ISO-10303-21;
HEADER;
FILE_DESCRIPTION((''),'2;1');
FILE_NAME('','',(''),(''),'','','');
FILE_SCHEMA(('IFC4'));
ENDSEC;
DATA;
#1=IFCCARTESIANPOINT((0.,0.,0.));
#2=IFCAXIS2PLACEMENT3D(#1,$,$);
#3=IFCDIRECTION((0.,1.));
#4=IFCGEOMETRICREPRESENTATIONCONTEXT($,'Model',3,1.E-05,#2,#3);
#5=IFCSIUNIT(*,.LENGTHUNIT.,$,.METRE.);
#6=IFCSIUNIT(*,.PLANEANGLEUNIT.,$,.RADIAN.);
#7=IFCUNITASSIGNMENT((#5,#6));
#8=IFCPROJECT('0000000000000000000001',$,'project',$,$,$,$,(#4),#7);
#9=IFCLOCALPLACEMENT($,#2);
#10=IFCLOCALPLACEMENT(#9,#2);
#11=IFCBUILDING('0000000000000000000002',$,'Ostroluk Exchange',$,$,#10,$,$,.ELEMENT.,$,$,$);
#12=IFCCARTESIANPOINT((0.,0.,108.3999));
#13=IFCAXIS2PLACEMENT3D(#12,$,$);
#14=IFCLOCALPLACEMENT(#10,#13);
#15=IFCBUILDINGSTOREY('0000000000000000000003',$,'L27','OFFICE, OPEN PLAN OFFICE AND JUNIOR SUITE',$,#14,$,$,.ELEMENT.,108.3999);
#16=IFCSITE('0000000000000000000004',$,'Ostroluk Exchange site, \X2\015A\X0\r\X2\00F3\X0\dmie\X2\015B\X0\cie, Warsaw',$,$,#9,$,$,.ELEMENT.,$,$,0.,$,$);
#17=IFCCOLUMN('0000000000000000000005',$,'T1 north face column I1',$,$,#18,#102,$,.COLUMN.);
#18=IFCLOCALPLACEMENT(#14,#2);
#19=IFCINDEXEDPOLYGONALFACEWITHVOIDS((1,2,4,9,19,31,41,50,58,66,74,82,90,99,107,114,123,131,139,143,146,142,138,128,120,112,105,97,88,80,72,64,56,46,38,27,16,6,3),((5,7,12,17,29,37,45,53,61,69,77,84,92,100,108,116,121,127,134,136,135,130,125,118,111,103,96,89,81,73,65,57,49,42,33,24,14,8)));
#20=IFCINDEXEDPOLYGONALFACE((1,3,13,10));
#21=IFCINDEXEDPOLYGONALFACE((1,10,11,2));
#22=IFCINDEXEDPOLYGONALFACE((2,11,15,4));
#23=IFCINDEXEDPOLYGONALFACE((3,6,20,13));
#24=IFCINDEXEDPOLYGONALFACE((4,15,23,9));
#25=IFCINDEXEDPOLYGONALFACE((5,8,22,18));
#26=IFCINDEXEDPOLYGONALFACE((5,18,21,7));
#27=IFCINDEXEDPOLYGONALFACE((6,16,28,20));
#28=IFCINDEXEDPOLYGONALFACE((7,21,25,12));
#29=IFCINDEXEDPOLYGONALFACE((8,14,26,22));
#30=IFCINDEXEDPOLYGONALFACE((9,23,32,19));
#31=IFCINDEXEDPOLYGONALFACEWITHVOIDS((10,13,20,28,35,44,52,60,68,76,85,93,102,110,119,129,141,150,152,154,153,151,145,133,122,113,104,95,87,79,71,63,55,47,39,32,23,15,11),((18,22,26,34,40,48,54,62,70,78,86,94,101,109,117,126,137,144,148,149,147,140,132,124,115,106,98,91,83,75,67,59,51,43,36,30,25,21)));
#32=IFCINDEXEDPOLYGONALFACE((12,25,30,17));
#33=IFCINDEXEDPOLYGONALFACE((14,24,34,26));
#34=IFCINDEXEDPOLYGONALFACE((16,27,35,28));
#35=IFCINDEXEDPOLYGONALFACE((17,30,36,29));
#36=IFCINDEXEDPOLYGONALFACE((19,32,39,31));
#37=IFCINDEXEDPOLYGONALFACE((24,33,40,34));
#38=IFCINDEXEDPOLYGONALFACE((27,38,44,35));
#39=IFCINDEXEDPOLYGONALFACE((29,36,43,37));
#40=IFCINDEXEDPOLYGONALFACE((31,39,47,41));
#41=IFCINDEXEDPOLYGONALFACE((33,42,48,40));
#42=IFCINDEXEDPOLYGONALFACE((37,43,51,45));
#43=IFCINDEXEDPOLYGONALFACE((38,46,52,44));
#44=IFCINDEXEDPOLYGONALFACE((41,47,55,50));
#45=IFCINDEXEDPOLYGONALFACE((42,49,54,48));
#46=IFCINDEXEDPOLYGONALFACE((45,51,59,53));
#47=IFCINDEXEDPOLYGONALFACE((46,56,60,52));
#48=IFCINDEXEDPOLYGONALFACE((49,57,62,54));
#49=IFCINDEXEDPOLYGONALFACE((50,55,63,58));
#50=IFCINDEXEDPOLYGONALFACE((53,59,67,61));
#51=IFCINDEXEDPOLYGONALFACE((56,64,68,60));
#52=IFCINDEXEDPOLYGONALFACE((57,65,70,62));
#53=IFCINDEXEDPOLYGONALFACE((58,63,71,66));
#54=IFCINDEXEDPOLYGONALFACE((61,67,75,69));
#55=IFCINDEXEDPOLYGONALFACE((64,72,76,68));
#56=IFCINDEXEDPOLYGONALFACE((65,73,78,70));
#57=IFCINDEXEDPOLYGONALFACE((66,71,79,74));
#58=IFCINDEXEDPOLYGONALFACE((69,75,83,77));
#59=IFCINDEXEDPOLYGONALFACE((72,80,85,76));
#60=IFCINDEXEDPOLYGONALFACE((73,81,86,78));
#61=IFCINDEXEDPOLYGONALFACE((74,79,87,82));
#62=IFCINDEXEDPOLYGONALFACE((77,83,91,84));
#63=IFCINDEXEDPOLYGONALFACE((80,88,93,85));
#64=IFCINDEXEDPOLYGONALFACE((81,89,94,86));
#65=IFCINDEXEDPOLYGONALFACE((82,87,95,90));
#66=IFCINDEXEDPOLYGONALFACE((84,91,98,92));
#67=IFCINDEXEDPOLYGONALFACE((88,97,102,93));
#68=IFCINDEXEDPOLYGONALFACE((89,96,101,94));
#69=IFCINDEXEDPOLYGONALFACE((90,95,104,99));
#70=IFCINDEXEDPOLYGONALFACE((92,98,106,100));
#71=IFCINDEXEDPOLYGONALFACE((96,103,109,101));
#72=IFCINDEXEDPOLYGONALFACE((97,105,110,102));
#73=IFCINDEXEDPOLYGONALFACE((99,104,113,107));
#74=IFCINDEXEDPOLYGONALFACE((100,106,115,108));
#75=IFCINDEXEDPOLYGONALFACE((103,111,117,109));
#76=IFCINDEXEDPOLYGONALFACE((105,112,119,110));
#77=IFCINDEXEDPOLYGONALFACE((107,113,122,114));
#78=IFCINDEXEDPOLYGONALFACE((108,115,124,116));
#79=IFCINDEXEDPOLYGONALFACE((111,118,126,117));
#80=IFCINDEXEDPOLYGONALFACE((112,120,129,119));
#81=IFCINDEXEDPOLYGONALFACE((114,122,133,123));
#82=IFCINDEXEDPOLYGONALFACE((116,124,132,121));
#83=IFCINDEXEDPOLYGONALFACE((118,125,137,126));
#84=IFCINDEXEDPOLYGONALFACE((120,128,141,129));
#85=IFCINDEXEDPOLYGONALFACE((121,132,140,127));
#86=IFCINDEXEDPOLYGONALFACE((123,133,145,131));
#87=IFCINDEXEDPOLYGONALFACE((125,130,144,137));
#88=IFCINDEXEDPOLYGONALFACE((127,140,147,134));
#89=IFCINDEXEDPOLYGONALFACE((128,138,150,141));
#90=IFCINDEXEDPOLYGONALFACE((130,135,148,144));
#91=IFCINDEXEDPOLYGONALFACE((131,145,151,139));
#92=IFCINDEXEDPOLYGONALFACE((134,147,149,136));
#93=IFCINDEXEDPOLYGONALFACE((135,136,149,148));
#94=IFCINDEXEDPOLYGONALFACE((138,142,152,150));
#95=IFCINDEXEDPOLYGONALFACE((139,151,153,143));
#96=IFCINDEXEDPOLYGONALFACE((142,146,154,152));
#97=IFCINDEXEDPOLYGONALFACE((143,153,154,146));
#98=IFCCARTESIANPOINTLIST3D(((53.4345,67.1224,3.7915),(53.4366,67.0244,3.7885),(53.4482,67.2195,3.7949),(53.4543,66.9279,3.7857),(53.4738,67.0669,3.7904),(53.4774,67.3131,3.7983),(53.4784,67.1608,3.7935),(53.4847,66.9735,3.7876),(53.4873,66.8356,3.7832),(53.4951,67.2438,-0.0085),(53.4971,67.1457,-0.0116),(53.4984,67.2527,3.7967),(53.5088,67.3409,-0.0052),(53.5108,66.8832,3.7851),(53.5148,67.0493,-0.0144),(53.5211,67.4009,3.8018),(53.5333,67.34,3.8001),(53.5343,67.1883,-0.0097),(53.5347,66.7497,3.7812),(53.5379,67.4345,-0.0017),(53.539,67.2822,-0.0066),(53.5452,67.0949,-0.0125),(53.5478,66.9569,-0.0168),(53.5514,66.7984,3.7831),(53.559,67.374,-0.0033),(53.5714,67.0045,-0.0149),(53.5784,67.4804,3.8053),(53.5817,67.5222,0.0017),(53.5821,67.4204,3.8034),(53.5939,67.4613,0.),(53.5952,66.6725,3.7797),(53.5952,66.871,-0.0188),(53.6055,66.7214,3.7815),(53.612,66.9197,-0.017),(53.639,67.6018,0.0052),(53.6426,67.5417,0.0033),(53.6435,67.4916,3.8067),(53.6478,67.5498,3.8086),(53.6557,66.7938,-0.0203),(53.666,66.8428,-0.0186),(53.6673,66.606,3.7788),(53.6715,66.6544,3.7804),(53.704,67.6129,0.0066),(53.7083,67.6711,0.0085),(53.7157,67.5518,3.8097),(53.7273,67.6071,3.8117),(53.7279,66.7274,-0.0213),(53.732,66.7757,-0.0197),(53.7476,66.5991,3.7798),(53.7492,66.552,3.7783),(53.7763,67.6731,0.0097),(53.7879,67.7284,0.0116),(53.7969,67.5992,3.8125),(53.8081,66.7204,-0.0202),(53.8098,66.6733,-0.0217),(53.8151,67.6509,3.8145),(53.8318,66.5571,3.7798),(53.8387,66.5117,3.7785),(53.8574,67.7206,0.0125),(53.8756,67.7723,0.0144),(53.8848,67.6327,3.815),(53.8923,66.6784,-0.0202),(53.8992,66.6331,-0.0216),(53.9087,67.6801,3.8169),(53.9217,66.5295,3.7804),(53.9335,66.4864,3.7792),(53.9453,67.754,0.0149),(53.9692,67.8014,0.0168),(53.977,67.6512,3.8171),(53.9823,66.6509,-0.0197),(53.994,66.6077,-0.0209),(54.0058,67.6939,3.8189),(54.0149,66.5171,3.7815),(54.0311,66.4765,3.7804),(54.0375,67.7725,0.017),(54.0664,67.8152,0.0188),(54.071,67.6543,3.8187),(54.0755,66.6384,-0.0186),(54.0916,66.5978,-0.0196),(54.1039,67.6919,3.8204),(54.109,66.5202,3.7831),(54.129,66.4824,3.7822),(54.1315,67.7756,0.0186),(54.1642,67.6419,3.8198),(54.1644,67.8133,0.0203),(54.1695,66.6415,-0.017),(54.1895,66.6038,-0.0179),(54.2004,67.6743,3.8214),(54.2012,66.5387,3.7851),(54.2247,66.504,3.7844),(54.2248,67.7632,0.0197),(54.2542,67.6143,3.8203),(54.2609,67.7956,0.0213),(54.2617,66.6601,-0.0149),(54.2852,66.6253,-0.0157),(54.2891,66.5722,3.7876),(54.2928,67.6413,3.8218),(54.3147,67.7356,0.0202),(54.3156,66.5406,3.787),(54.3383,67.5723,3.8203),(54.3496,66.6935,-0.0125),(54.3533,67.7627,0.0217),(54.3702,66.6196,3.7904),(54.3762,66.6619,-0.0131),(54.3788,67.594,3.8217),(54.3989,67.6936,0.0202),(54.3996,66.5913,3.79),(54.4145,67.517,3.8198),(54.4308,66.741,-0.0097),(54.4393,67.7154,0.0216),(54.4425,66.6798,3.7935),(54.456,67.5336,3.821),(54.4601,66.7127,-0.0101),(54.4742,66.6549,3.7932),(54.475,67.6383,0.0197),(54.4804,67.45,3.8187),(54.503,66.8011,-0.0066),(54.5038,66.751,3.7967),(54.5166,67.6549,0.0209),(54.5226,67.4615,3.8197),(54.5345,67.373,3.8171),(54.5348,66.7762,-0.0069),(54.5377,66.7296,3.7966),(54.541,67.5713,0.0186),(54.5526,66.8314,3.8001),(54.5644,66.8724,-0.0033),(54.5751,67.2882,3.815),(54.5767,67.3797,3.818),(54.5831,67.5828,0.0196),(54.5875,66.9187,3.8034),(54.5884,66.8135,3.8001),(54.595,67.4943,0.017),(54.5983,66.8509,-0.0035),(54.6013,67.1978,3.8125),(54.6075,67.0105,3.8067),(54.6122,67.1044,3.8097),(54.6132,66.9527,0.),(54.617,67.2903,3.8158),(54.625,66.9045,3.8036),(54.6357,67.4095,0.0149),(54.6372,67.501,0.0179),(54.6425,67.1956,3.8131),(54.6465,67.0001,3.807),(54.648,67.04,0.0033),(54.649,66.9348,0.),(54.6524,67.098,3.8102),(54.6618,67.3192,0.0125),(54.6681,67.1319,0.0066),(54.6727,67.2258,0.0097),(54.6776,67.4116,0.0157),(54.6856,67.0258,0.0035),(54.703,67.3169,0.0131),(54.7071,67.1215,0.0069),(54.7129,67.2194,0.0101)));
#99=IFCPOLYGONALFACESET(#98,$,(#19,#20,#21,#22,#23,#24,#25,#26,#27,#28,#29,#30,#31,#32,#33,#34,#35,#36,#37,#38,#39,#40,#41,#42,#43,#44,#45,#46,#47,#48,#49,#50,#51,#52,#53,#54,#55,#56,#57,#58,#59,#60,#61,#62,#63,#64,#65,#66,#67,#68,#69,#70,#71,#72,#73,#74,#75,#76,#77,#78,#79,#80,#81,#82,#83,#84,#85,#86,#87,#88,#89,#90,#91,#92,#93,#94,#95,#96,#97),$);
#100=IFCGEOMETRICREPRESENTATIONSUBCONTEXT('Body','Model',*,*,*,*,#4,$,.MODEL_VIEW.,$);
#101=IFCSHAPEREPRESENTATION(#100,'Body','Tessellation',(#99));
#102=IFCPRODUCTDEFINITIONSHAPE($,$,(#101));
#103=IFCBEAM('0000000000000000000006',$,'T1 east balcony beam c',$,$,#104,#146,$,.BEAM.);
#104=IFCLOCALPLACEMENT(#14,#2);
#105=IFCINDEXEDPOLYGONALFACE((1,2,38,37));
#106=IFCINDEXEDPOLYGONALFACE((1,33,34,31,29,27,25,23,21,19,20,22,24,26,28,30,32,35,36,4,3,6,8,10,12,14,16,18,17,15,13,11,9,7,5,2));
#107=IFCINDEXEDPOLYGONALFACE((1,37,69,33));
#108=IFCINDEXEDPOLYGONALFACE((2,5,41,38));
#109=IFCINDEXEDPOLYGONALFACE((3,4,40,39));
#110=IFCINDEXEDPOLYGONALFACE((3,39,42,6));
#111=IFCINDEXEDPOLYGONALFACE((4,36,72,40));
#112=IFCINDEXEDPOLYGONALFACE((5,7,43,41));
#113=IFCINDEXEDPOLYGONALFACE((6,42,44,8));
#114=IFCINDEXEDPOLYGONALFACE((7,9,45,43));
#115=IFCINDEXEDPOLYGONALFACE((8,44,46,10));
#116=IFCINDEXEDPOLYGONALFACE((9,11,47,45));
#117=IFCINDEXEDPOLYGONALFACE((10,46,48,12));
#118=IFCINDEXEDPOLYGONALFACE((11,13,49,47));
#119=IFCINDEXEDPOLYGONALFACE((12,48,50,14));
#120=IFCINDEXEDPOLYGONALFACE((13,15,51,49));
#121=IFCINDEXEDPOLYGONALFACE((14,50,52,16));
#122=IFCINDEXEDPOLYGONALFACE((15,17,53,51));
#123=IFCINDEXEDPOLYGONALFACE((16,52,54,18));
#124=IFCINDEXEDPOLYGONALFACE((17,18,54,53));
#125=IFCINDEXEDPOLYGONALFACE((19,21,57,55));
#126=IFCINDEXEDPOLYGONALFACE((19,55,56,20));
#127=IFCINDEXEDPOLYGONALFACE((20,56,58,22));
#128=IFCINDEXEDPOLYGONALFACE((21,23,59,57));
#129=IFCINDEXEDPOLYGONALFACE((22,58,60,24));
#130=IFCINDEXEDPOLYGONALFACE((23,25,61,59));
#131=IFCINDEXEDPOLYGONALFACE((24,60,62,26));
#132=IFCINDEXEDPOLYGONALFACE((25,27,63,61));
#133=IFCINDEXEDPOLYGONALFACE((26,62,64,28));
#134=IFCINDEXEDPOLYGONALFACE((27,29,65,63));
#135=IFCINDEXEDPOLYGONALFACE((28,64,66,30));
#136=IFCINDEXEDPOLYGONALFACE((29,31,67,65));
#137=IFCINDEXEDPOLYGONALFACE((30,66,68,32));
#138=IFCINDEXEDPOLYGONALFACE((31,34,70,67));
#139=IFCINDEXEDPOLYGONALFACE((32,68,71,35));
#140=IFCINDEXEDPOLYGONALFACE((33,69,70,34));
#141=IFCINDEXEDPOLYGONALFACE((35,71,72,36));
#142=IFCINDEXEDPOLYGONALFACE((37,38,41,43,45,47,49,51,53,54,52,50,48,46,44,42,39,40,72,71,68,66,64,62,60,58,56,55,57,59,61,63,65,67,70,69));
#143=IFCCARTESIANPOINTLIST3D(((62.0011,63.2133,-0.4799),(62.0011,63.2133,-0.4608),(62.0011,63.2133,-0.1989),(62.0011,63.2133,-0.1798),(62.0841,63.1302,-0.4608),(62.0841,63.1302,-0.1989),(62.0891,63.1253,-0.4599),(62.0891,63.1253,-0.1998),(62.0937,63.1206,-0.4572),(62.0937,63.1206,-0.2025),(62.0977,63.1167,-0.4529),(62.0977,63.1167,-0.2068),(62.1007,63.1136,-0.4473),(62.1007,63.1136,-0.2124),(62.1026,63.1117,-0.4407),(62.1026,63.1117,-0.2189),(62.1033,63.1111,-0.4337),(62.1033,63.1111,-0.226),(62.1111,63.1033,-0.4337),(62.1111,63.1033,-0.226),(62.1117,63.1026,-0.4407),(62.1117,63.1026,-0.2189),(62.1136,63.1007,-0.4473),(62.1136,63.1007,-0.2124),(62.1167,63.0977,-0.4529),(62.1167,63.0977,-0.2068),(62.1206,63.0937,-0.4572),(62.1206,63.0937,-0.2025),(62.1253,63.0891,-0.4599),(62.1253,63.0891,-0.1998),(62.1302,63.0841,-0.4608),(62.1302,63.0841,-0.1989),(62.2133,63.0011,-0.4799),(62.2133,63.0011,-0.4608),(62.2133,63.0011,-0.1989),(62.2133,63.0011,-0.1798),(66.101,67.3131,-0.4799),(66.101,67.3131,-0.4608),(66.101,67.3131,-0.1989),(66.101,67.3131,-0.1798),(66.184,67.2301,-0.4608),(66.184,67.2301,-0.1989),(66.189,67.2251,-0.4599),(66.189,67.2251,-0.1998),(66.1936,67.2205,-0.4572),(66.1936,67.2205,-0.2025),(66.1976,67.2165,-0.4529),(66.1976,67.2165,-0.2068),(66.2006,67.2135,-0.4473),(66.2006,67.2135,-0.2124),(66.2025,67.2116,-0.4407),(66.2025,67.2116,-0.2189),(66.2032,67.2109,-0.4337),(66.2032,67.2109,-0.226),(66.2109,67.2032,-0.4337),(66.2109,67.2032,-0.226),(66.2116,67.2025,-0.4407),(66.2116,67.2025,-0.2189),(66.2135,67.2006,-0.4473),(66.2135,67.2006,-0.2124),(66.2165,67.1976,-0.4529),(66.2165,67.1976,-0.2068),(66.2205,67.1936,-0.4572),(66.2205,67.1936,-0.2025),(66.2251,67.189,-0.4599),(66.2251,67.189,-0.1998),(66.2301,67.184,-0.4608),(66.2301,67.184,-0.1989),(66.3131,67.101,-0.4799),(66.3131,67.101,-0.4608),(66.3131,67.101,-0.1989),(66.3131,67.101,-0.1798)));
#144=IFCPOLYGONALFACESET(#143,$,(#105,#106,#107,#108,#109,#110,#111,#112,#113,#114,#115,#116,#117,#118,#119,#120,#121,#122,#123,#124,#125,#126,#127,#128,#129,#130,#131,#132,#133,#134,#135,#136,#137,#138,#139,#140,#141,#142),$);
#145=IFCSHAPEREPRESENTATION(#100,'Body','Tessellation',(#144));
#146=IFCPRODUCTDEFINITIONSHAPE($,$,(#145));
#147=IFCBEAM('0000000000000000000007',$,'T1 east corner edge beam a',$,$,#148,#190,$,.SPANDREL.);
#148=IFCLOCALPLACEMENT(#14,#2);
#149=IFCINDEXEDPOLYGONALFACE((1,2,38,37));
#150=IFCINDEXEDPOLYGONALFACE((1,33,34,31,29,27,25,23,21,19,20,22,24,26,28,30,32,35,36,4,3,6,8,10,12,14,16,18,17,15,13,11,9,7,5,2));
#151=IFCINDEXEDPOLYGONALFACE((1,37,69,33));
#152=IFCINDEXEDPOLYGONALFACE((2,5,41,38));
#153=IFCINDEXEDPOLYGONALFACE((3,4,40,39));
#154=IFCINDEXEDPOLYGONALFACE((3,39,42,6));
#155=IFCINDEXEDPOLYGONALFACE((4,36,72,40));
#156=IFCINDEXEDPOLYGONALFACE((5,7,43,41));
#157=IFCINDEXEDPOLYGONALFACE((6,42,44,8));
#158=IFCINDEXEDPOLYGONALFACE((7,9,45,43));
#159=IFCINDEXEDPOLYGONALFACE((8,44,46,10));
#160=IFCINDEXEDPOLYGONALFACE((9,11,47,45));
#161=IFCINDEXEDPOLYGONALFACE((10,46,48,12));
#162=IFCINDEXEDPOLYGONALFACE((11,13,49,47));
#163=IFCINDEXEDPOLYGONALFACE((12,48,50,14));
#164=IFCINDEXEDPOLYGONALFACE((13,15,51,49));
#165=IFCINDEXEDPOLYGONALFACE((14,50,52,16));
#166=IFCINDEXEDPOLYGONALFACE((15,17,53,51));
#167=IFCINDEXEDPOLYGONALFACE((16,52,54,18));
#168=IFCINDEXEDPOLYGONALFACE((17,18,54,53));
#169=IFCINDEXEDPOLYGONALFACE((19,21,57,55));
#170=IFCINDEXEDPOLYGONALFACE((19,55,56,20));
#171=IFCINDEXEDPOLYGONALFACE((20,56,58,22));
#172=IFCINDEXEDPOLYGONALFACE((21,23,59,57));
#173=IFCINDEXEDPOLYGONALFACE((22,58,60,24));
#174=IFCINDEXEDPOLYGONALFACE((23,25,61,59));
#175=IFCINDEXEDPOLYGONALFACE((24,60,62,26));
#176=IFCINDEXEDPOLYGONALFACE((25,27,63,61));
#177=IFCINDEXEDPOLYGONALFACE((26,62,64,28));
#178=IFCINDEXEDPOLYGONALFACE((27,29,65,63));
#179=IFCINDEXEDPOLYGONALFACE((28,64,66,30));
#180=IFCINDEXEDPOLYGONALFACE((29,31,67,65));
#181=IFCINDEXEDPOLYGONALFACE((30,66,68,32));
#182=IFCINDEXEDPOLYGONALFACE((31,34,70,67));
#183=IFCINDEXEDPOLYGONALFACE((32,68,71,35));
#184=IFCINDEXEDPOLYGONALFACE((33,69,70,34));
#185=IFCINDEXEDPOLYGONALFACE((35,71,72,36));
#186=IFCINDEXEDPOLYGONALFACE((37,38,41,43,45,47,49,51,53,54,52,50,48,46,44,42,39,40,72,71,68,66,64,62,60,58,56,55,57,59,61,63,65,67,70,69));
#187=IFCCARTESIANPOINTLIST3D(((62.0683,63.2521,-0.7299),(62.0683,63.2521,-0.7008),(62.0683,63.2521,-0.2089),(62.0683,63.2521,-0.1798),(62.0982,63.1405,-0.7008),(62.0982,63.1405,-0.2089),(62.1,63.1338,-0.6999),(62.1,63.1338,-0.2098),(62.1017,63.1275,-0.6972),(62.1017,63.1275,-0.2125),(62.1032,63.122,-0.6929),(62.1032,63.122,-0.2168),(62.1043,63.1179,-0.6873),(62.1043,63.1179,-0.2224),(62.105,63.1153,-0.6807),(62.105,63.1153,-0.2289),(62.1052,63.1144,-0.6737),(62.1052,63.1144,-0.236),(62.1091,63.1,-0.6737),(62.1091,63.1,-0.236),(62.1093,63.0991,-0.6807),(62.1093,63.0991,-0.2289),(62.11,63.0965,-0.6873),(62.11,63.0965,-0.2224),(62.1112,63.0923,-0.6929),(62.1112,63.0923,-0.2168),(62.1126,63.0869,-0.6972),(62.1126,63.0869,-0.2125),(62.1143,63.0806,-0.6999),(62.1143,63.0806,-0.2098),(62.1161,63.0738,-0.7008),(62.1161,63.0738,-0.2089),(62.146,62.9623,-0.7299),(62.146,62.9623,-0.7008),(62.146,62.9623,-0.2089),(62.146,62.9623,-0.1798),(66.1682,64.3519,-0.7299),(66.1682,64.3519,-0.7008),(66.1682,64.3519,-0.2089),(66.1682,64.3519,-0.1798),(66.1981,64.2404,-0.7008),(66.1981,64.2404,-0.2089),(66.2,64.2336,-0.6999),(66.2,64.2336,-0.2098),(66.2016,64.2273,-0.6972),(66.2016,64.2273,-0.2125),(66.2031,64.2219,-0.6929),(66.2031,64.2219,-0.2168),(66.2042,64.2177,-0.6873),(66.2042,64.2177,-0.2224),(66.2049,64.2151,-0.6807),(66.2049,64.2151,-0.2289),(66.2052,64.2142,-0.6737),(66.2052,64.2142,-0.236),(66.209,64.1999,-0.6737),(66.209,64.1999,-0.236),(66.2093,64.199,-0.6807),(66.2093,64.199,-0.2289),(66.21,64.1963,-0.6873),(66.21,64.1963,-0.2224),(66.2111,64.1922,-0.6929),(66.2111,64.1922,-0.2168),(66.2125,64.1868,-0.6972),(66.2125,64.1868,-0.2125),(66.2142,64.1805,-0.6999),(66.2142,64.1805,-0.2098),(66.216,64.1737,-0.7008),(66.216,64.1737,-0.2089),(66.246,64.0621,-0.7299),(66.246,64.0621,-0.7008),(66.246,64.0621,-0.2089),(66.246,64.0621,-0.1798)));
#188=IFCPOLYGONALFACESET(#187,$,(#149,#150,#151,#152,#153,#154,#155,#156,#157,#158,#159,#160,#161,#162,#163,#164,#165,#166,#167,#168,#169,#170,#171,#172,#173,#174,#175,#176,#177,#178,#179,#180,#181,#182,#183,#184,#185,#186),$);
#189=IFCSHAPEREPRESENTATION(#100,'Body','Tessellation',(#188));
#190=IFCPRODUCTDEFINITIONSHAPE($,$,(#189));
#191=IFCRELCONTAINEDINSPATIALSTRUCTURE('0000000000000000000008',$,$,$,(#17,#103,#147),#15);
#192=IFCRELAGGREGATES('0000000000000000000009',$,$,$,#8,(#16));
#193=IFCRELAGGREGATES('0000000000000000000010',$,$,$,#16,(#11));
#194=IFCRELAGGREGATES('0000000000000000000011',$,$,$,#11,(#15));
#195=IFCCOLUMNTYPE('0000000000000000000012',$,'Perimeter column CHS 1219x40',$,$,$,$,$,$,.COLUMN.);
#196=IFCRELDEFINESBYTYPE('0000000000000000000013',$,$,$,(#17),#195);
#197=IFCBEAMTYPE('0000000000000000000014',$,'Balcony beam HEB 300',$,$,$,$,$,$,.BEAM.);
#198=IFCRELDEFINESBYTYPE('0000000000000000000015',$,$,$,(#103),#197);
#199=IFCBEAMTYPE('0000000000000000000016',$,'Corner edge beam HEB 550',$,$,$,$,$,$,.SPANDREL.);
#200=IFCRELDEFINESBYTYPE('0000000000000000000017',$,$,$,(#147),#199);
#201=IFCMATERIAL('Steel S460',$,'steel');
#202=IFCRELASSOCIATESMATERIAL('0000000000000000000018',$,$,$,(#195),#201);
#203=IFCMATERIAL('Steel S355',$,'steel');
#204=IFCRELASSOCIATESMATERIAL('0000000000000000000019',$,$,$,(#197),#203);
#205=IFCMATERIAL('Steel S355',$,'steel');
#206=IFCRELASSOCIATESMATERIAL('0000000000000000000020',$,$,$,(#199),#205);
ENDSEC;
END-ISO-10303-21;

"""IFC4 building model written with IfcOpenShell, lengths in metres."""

from ifc_helpers import new_model, si_unit, direction, frame, origin, origin_2d, place, context, subcontext, project, spatial, hollow_circle, i_section, extrude, material, material_profile, profile_set, type_object, element, save


model = new_model("IFC4")

# Units and contexts
model_context = context("Model", 3, precision=1e-05, world=origin(), true_north=direction((0.0, 1.0)))
body_context = subcontext(model_context, "Body", "Model", "MODEL_VIEW")
ifc_project = project(units=[si_unit("LENGTHUNIT", "METRE"), si_unit("PLANEANGLEUNIT", "RADIAN")], contexts=[model_context])

# Site, building, storey
site_placement = place(None, origin())
site = spatial("IfcSite", under=ifc_project, at=site_placement, Name="Ostroluk Exchange site, Śródmieście, Warsaw", CompositionType="ELEMENT", RefElevation=0.0)
building_placement = place(site_placement, origin())
building = spatial("IfcBuilding", under=site, at=building_placement, Name="Ostroluk Exchange", CompositionType="ELEMENT")
storey_placement = place(building_placement, frame((0.0, 0.0, 108.3999)))
storey = spatial("IfcBuildingStorey", under=building, at=storey_placement, Name="L27", Description="OFFICE, OPEN PLAN OFFICE AND JUNIOR SUITE", CompositionType="ELEMENT", Elevation=108.3999)

# Column
ifc_material_1 = material(Name="Steel S460", Category="steel")
ifc_material_profile_1 = material_profile(ifc_material_1, hollow_circle(Radius=0.6096, WallThickness=0.04, at=origin_2d()), Name="CHS 1219x40")
ifc_profile_set_1 = profile_set([ifc_material_profile_1], Name="Steel S460")
column_type = type_object("IfcColumnType", Name="Perimeter column CHS 1219x40", PredefinedType="COLUMN", material=ifc_profile_set_1)
column_placement = place(storey_placement, frame((54.1035, 67.207, 0.0), z_axis=(-0.015923, -0.03191, 0.999364), x_axis=(0.894787, -0.446493, 0.0)))
element("IfcColumn", 1, at=column_placement, inside=storey, type_object=column_type, Name="T1 north face column I1", PredefinedType="COLUMN", context=body_context, shape_type="SweptSolid", body=[
    extrude(hollow_circle(Radius=0.6096, WallThickness=0.04, at=origin_2d()), origin(), (0.0, 0.0, 1.0), 3.8025),
])

# Beams
ifc_material_2 = material(Name="Steel S355", Category="steel")
ifc_material_profile_2 = material_profile(ifc_material_2, i_section(OverallWidth=0.3, OverallDepth=0.3, WebThickness=0.011, FlangeThickness=0.019, FilletRadius=0.0271, at=origin_2d()), Name="HEB 300")
ifc_profile_set_2 = profile_set([ifc_material_profile_2], Name="Steel S355")
beam_type_1 = type_object("IfcBeamType", Name="Balcony beam HEB 300", PredefinedType="BEAM", material=ifc_profile_set_2)
beam_1_placement = place(storey_placement, frame((62.1072, 63.1072, -0.3298), z_axis=(0.707107, 0.707107, 0.0), x_axis=(-0.707107, 0.707107, 0.0)))
element("IfcBeam", 2, at=beam_1_placement, inside=storey, type_object=beam_type_1, Name="T1 east balcony beam c", PredefinedType="BEAM", context=body_context, shape_type="SweptSolid", body=[
    extrude(i_section(OverallWidth=0.3, OverallDepth=0.3, WebThickness=0.011, FlangeThickness=0.019, FilletRadius=0.0271, at=origin_2d()), origin(), (0.0, 0.0, 1.0), 5.7981),
])
ifc_material_3 = material(Name="Steel S355", Category="steel")
ifc_material_profile_3 = material_profile(ifc_material_3, i_section(OverallWidth=0.3, OverallDepth=0.55, WebThickness=0.0149, FlangeThickness=0.0291, FilletRadius=0.0271, at=origin_2d()), Name="HEB 550")
ifc_profile_set_3 = profile_set([ifc_material_profile_3], Name="Steel S355")
beam_type_2 = type_object("IfcBeamType", Name="Corner edge beam HEB 550", PredefinedType="SPANDREL", material=ifc_profile_set_3)
for number, where, z_axis, x_axis, name in (
    (3, (62.1072, 63.1072, -0.4548), (0.965849, 0.259105, 0.0), (-0.259105, 0.965849, 0.0), "T1 east corner edge beam a"),
):
    element("IfcBeam", number, at=place(storey_placement, frame(where, z_axis=z_axis, x_axis=x_axis)), inside=storey, type_object=beam_type_2, Name=name, PredefinedType="SPANDREL", context=body_context, shape_type="SweptSolid", body=[
        extrude(i_section(OverallWidth=0.3, OverallDepth=0.55, WebThickness=0.0149, FlangeThickness=0.0291, FilletRadius=0.0271, at=origin_2d()), origin(), (0.0, 0.0, 1.0), 4.2449),
    ])

save(model, "model.ifc")
